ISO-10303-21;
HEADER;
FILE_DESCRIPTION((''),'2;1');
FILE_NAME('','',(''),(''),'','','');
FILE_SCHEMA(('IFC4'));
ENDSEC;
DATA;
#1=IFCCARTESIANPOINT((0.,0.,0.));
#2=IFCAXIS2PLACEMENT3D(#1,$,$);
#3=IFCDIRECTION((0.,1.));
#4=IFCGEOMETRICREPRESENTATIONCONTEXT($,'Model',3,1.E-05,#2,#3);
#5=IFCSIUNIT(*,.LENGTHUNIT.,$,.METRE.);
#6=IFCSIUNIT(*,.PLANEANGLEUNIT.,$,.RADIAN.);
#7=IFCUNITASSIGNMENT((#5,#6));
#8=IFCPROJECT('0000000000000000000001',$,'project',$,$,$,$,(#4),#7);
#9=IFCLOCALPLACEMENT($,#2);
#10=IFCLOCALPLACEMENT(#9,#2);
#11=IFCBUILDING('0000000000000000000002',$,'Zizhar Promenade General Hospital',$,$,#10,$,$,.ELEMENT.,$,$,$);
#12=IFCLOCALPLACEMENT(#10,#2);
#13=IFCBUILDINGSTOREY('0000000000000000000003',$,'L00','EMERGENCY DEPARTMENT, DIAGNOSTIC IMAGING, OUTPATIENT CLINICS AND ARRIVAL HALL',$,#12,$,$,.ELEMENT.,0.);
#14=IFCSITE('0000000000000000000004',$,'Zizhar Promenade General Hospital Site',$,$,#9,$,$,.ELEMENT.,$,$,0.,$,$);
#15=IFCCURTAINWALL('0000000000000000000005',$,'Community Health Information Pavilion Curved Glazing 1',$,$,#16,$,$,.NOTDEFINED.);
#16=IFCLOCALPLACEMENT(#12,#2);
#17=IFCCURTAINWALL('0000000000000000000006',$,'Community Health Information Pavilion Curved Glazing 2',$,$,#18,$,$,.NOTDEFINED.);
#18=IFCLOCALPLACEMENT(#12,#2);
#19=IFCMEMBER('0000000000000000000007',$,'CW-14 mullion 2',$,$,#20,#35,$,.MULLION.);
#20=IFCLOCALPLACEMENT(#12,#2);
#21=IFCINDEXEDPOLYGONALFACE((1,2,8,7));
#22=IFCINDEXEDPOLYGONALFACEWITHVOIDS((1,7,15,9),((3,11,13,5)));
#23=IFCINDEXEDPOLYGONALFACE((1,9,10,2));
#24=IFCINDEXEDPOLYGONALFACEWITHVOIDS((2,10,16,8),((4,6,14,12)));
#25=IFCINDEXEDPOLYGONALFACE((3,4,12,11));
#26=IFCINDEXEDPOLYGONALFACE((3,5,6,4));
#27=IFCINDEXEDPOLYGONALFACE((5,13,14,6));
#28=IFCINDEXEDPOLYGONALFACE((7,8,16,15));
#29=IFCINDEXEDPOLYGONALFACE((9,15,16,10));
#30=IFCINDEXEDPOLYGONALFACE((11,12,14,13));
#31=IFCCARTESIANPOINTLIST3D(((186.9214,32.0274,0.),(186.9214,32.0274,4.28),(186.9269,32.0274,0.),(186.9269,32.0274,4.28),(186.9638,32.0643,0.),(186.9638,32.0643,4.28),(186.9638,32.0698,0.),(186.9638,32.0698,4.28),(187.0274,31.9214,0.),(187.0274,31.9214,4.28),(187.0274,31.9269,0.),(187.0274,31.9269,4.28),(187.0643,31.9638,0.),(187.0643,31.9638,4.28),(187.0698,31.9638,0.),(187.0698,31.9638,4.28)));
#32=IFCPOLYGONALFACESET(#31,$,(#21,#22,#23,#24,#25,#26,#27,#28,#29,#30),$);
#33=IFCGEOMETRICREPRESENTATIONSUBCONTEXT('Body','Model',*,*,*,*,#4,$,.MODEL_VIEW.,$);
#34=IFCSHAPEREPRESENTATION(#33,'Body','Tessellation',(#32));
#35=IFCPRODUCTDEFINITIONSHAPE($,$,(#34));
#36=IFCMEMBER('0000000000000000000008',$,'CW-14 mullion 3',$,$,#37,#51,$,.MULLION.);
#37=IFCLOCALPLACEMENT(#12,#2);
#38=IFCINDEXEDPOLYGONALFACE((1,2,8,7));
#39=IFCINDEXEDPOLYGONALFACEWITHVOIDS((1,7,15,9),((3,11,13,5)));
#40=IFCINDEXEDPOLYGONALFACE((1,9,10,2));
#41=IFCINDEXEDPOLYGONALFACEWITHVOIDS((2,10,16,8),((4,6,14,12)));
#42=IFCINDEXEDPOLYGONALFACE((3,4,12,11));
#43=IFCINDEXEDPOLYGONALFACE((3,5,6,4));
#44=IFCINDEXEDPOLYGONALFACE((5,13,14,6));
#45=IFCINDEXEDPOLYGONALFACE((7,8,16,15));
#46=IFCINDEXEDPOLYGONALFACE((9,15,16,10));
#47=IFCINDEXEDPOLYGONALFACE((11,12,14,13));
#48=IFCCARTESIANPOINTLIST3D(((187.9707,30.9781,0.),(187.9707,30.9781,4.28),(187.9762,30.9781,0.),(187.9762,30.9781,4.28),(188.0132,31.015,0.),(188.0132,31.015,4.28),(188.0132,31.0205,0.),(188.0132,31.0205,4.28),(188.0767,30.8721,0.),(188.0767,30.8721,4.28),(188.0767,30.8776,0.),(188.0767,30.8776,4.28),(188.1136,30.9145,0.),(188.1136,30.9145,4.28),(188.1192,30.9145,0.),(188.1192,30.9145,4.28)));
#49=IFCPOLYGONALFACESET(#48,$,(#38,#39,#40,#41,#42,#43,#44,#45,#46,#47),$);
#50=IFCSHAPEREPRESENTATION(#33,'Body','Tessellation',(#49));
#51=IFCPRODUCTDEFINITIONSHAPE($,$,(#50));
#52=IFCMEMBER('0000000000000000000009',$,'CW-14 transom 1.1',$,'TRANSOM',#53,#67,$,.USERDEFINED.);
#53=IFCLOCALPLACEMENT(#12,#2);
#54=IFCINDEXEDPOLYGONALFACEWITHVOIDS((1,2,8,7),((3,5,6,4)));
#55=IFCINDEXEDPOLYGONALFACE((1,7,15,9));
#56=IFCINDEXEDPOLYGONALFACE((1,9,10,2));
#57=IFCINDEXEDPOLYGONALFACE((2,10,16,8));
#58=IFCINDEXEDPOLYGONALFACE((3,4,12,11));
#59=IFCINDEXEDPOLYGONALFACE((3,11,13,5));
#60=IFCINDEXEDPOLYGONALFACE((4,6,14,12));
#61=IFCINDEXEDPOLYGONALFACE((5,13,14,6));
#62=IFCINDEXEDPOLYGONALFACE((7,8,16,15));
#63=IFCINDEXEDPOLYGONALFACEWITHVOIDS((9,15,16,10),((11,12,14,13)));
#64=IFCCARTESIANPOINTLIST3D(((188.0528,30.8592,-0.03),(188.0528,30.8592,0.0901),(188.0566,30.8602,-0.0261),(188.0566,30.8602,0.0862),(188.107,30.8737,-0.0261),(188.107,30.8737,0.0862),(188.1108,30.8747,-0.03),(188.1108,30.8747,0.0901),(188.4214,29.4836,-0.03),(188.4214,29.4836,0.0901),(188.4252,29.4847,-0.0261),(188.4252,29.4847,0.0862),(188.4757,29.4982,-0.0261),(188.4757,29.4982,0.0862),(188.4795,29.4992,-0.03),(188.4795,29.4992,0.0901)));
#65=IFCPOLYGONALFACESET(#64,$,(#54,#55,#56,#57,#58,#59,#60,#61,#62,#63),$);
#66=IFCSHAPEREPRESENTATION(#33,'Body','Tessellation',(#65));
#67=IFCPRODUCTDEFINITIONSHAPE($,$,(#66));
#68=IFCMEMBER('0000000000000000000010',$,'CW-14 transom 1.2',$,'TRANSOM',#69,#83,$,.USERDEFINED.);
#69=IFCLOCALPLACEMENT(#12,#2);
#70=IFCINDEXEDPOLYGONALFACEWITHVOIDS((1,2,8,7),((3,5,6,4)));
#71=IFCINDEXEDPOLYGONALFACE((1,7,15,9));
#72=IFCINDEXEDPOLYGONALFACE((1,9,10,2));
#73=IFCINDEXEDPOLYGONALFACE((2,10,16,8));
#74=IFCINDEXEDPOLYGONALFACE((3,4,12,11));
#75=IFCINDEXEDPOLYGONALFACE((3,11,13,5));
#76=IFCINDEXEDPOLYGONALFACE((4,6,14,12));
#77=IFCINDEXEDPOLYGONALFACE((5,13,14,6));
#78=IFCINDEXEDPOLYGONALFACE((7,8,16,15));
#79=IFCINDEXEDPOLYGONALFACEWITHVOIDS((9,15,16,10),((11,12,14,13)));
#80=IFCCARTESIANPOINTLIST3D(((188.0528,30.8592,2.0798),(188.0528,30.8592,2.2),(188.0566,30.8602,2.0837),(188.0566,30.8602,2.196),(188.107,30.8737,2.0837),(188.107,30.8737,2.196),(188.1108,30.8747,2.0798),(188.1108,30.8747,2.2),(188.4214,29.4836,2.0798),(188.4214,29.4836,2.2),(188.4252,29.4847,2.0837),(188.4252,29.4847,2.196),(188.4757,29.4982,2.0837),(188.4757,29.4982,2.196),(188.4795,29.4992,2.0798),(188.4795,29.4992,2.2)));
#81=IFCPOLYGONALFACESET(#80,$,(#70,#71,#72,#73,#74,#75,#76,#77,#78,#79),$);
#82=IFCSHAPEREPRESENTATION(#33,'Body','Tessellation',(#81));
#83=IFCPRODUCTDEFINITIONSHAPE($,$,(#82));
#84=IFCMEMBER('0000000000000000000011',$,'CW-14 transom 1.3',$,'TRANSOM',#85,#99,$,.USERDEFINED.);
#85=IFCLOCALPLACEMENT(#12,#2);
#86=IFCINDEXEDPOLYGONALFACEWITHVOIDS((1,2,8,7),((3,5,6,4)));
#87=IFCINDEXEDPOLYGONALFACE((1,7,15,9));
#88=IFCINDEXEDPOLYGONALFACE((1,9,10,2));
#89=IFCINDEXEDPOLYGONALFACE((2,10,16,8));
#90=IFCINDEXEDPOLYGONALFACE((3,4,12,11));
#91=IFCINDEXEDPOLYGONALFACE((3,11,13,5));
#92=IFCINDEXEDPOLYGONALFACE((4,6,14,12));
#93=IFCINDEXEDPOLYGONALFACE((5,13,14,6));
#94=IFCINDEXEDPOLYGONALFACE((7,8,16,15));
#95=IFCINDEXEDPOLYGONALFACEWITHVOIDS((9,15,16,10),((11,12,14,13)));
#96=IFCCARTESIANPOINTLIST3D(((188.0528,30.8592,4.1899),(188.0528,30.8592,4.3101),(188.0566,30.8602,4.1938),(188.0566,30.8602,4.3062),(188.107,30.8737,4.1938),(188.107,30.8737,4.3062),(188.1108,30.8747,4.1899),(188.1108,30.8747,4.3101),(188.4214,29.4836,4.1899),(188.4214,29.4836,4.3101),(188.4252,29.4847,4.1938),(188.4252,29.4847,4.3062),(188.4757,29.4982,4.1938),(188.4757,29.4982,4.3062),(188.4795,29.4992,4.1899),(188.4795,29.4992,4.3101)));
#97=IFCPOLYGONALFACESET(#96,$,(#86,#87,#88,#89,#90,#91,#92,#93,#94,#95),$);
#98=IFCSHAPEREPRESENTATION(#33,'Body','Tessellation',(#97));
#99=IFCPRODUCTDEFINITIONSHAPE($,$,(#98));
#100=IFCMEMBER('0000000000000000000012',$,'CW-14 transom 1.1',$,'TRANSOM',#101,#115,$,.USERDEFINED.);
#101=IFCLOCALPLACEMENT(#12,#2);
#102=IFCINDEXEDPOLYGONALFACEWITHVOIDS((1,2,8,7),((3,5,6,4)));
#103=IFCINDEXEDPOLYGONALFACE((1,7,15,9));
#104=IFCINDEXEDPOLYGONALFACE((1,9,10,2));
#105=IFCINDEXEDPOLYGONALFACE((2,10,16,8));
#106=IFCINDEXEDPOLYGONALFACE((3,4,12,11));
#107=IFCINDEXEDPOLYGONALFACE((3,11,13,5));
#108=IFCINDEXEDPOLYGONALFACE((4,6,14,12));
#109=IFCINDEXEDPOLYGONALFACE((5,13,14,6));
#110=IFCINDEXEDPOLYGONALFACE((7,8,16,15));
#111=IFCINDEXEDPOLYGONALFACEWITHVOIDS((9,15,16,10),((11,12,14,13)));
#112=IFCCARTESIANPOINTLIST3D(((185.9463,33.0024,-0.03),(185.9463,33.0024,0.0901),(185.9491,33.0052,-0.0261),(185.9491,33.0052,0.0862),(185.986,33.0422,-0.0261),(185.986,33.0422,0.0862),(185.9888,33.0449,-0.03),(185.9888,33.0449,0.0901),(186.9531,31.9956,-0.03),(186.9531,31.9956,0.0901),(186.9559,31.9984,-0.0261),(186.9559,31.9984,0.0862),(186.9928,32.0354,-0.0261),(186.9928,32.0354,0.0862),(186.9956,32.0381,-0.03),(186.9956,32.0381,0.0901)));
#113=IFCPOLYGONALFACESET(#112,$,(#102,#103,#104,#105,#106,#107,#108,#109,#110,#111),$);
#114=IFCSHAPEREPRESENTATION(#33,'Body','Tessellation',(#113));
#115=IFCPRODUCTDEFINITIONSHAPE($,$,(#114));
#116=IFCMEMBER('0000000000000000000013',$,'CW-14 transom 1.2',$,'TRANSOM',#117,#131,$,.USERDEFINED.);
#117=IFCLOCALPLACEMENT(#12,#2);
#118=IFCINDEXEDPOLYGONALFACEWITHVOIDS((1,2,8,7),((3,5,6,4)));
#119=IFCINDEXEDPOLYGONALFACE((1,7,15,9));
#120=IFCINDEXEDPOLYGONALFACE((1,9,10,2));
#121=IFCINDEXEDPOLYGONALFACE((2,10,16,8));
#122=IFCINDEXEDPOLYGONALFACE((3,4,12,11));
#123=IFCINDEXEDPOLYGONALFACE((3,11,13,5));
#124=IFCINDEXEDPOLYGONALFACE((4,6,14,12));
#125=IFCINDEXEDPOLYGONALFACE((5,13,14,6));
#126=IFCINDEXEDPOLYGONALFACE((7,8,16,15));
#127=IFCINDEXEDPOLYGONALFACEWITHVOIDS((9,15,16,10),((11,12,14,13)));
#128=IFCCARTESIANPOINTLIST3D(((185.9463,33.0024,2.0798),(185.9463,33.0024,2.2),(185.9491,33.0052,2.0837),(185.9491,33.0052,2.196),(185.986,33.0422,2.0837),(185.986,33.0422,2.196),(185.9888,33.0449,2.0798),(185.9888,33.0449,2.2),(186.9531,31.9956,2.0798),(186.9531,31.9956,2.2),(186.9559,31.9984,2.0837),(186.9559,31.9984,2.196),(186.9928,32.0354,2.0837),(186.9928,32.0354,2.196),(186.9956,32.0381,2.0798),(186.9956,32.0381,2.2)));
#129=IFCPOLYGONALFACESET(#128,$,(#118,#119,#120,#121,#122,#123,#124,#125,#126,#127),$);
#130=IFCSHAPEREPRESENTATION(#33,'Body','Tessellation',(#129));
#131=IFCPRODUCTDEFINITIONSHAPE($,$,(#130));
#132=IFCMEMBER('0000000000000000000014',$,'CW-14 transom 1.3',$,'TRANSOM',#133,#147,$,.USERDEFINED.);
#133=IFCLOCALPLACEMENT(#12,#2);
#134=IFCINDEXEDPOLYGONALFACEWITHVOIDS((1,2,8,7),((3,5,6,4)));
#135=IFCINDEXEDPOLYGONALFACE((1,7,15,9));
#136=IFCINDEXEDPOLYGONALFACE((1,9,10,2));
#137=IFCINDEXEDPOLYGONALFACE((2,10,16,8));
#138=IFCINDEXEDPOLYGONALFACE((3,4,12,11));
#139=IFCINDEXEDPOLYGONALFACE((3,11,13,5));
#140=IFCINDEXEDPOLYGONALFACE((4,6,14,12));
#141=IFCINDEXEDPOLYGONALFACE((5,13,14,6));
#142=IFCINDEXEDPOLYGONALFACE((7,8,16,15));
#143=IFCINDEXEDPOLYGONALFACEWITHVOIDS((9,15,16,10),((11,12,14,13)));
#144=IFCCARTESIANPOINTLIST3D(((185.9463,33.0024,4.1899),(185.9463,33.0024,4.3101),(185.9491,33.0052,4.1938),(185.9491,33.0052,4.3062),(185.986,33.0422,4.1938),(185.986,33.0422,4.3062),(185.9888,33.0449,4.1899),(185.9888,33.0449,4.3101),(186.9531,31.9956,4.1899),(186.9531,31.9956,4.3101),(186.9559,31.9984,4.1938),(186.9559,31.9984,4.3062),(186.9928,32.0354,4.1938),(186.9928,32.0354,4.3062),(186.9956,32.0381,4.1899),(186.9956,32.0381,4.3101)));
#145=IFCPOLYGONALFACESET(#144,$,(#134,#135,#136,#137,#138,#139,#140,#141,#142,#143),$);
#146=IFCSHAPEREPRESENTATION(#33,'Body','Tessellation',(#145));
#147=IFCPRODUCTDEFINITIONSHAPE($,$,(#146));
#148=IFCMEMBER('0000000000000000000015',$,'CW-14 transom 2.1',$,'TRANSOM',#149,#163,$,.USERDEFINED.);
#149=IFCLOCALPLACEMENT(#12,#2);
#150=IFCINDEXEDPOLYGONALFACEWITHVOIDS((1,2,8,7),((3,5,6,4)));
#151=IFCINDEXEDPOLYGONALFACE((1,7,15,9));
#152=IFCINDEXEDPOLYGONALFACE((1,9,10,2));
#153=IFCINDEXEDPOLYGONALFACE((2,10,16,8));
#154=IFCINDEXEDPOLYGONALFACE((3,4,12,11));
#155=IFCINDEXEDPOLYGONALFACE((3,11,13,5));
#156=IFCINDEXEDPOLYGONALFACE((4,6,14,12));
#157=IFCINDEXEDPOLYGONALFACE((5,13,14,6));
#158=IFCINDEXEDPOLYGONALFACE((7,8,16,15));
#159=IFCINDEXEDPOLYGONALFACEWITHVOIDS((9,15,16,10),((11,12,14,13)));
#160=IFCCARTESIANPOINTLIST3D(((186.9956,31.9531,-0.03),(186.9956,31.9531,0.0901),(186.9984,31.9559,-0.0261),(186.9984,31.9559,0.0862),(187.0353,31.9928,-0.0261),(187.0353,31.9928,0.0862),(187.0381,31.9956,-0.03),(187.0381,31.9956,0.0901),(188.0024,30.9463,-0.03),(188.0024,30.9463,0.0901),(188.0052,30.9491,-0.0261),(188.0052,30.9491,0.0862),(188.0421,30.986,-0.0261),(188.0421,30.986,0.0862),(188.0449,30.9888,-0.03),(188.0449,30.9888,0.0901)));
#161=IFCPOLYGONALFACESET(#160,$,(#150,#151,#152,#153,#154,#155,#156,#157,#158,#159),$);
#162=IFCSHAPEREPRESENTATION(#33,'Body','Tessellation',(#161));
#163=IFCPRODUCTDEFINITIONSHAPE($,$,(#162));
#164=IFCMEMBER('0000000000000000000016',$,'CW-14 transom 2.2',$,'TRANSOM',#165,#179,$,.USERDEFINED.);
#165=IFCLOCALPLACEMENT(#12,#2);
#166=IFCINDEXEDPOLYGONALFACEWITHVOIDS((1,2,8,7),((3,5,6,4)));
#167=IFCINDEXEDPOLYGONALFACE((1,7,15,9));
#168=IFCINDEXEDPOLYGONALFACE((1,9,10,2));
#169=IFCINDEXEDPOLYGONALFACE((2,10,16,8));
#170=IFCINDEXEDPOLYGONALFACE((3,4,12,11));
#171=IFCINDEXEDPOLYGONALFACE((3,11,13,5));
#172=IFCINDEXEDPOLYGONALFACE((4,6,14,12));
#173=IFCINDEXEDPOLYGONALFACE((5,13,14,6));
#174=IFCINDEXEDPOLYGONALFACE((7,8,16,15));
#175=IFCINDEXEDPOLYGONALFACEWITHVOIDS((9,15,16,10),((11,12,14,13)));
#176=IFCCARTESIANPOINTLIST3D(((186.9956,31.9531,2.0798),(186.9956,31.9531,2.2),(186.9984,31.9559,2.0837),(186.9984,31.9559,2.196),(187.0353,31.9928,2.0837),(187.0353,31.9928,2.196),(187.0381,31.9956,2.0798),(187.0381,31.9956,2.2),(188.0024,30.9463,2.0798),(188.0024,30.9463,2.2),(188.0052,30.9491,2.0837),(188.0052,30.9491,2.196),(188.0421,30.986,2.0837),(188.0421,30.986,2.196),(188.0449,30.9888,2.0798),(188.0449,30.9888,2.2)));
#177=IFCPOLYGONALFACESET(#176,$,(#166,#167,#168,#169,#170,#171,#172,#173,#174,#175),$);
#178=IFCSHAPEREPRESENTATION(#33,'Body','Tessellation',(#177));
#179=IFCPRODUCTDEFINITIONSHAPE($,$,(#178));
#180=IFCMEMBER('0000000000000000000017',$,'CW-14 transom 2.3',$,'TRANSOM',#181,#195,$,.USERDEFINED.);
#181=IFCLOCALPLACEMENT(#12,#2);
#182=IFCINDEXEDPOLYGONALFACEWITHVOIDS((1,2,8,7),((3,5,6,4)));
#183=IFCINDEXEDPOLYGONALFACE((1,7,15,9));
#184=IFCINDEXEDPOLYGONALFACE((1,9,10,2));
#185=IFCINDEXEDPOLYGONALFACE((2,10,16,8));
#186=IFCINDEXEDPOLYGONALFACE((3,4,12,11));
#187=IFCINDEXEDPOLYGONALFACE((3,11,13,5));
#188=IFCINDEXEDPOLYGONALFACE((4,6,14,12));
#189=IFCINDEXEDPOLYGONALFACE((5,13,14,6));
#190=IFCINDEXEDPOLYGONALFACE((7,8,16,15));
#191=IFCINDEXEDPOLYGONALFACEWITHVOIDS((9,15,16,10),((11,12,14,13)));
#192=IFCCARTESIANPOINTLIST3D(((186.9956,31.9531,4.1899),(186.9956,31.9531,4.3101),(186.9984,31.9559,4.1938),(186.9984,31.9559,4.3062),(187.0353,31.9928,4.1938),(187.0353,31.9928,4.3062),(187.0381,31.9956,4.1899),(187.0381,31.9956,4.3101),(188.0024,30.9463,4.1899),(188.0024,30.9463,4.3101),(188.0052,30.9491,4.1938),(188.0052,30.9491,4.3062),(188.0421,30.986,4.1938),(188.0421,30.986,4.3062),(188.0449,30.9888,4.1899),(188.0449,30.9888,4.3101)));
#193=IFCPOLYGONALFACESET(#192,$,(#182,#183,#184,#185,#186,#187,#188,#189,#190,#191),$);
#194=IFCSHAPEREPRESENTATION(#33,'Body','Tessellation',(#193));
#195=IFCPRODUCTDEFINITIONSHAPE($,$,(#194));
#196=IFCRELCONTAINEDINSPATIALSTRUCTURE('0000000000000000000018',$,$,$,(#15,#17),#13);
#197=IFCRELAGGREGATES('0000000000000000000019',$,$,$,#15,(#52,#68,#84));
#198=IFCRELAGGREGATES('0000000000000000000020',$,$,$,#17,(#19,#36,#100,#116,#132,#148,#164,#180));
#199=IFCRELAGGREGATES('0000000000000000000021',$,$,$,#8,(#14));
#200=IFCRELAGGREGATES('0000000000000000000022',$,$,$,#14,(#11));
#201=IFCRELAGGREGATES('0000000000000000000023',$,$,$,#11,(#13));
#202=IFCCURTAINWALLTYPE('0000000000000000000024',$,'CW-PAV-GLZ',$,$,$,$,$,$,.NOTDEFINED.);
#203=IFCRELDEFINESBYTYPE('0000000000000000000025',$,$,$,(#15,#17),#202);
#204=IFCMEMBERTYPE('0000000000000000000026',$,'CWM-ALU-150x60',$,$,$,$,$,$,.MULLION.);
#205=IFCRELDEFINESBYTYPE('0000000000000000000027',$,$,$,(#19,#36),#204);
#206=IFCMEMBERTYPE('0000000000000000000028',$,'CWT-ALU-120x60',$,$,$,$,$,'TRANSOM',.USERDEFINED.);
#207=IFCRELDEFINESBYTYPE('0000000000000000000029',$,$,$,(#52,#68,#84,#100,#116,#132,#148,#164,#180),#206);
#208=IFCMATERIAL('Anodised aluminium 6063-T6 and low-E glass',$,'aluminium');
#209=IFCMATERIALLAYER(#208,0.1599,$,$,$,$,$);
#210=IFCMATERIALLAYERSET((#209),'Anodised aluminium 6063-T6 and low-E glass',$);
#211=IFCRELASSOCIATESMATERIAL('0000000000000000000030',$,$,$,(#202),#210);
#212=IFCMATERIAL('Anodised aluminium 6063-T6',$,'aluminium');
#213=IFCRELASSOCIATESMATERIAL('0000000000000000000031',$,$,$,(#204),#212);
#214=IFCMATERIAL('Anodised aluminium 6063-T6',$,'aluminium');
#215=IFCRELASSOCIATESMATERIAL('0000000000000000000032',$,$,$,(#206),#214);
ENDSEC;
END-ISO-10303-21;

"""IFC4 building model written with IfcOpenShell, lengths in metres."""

from ifc_helpers import new_model, si_unit, direction, frame, origin, origin_2d, place, context, subcontext, project, spatial, hollow_rectangle, extrude, material, layer, layer_set, material_profile, profile_set, type_object, element, aggregate, save


model = new_model("IFC4")

# Units and contexts
model_context = context("Model", 3, precision=1e-05, world=origin(), true_north=direction((0.0, 1.0)))
body_context = subcontext(model_context, "Body", "Model", "MODEL_VIEW")
ifc_project = project(units=[si_unit("LENGTHUNIT", "METRE"), si_unit("PLANEANGLEUNIT", "RADIAN")], contexts=[model_context])

# Site, building, storey
site_placement = place(None, origin())
site = spatial("IfcSite", under=ifc_project, at=site_placement, Name="Zizhar Promenade General Hospital Site", CompositionType="ELEMENT", RefElevation=0.0)
building_placement = place(site_placement, origin())
building = spatial("IfcBuilding", under=site, at=building_placement, Name="Zizhar Promenade General Hospital", CompositionType="ELEMENT")
storey_placement = place(building_placement, origin())
storey = spatial("IfcBuildingStorey", under=building, at=storey_placement, Name="L00", Description="EMERGENCY DEPARTMENT, DIAGNOSTIC IMAGING, OUTPATIENT CLINICS AND ARRIVAL HALL", CompositionType="ELEMENT", Elevation=0.0)

# Curtain wall
ifc_material_1 = material(Name="Anodised aluminium 6063-T6 and low-E glass", Category="aluminium")
ifc_layer_1 = layer(ifc_material_1, 0.1599)
ifc_layer_set_1 = layer_set([ifc_layer_1], Name="Anodised aluminium 6063-T6 and low-E glass")
curtain_wall_type = type_object("IfcCurtainWallType", Name="CW-PAV-GLZ", PredefinedType="NOTDEFINED", material=ifc_layer_set_1)
curtain_wall_1_placement = place(storey_placement, origin())
curtain_wall_1 = element("IfcCurtainWall", 1, at=curtain_wall_1_placement, inside=storey, type_object=curtain_wall_type, Name="Community Health Information Pavilion Curved Glazing 1", PredefinedType="NOTDEFINED")
ifc_material_2 = material(Name="Anodised aluminium 6063-T6", Category="aluminium")
ifc_material_profile_1 = material_profile(ifc_material_2, hollow_rectangle(XDim=0.0601, YDim=0.1499, WallThickness=0.0039, at=origin_2d()))
ifc_profile_set_1 = profile_set([ifc_material_profile_1], Name="Anodised aluminium 6063-T6")
member_type_1 = type_object("IfcMemberType", Name="CWM-ALU-150x60", PredefinedType="MULLION", material=ifc_profile_set_1)

# Curtain wall, members
curtain_wall_2_placement = place(storey_placement, origin())
curtain_wall_2 = element("IfcCurtainWall", 2, at=curtain_wall_2_placement, inside=storey, type_object=curtain_wall_type, Name="Community Health Information Pavilion Curved Glazing 2", PredefinedType="NOTDEFINED")
member_1_placement = place(storey_placement, frame((186.9956, 31.9956, 0.0), z_axis=(0.0, 0.0, 1.0), x_axis=(0.707107, 0.707107, 0.0)))
member_1 = element("IfcMember", 3, at=member_1_placement, type_object=member_type_1, Name="CW-14 mullion 2", PredefinedType="MULLION", context=body_context, shape_type="SweptSolid", body=[
    extrude(hollow_rectangle(XDim=0.0601, YDim=0.1499, WallThickness=0.0039, at=origin_2d()), origin(), (0.0, 0.0, 1.0), 4.28),
])
member_2_placement = place(storey_placement, frame((188.0449, 30.9463, 0.0), z_axis=(0.0, 0.0, 1.0), x_axis=(0.707107, 0.707107, 0.0)))
member_2 = element("IfcMember", 4, at=member_2_placement, type_object=member_type_1, Name="CW-14 mullion 3", PredefinedType="MULLION", context=body_context, shape_type="SweptSolid", body=[
    extrude(hollow_rectangle(XDim=0.0601, YDim=0.1499, WallThickness=0.0039, at=origin_2d()), origin(), (0.0, 0.0, 1.0), 4.28),
])

# Members
ifc_material_3 = material(Name="Anodised aluminium 6063-T6", Category="aluminium")
ifc_material_profile_2 = material_profile(ifc_material_3, hollow_rectangle(XDim=0.0601, YDim=0.1201, WallThickness=0.0039, at=origin_2d()))
ifc_profile_set_2 = profile_set([ifc_material_profile_2], Name="Anodised aluminium 6063-T6")
member_type_2 = type_object("IfcMemberType", Name="CWT-ALU-120x60", ElementType="TRANSOM", PredefinedType="USERDEFINED", material=ifc_profile_set_2)
member_3_placement = place(storey_placement, frame((188.0818, 30.8669, 0.03), z_axis=(0.258879, -0.96591, 0.0), x_axis=(0.96591, 0.258879, 0.0)))
member_3 = element("IfcMember", 5, at=member_3_placement, type_object=member_type_2, Name="CW-14 transom 1.1", ObjectType="TRANSOM", PredefinedType="USERDEFINED", context=body_context, shape_type="SweptSolid", body=[
    extrude(hollow_rectangle(XDim=0.0601, YDim=0.1201, WallThickness=0.0039, at=origin_2d()), origin(), (0.0, 0.0, 1.0), 1.4241),
])
member_4_placement = place(storey_placement, frame((188.0818, 30.8669, 2.1399), z_axis=(0.258879, -0.96591, 0.0), x_axis=(0.96591, 0.258879, 0.0)))
member_4 = element("IfcMember", 6, at=member_4_placement, type_object=member_type_2, Name="CW-14 transom 1.2", ObjectType="TRANSOM", PredefinedType="USERDEFINED", context=body_context, shape_type="SweptSolid", body=[
    extrude(hollow_rectangle(XDim=0.0601, YDim=0.1201, WallThickness=0.0039, at=origin_2d()), origin(), (0.0, 0.0, 1.0), 1.4241),
])
member_5_placement = place(storey_placement, frame((188.0818, 30.8669, 4.25), z_axis=(0.258879, -0.96591, 0.0), x_axis=(0.96591, 0.258879, 0.0)))
member_5 = element("IfcMember", 7, at=member_5_placement, type_object=member_type_2, Name="CW-14 transom 1.3", ObjectType="TRANSOM", PredefinedType="USERDEFINED", context=body_context, shape_type="SweptSolid", body=[
    extrude(hollow_rectangle(XDim=0.0601, YDim=0.1201, WallThickness=0.0039, at=origin_2d()), origin(), (0.0, 0.0, 1.0), 1.4241),
])
member_6_placement = place(storey_placement, frame((185.9675, 33.0237, 0.03), z_axis=(0.707107, -0.707107, 0.0), x_axis=(0.707107, 0.707107, 0.0)))
member_6 = element("IfcMember", 8, at=member_6_placement, type_object=member_type_2, Name="CW-14 transom 1.1", ObjectType="TRANSOM", PredefinedType="USERDEFINED", context=body_context, shape_type="SweptSolid", body=[
    extrude(hollow_rectangle(XDim=0.0601, YDim=0.1201, WallThickness=0.0039, at=origin_2d()), origin(), (0.0, 0.0, 1.0), 1.4238),
])
member_7_placement = place(storey_placement, frame((185.9675, 33.0237, 2.1399), z_axis=(0.707107, -0.707107, 0.0), x_axis=(0.707107, 0.707107, 0.0)))
member_7 = element("IfcMember", 9, at=member_7_placement, type_object=member_type_2, Name="CW-14 transom 1.2", ObjectType="TRANSOM", PredefinedType="USERDEFINED", context=body_context, shape_type="SweptSolid", body=[
    extrude(hollow_rectangle(XDim=0.0601, YDim=0.1201, WallThickness=0.0039, at=origin_2d()), origin(), (0.0, 0.0, 1.0), 1.4238),
])
member_8_placement = place(storey_placement, frame((185.9675, 33.0237, 4.25), z_axis=(0.707107, -0.707107, 0.0), x_axis=(0.707107, 0.707107, 0.0)))
member_8 = element("IfcMember", 10, at=member_8_placement, type_object=member_type_2, Name="CW-14 transom 1.3", ObjectType="TRANSOM", PredefinedType="USERDEFINED", context=body_context, shape_type="SweptSolid", body=[
    extrude(hollow_rectangle(XDim=0.0601, YDim=0.1201, WallThickness=0.0039, at=origin_2d()), origin(), (0.0, 0.0, 1.0), 1.4238),
])
member_9_placement = place(storey_placement, frame((187.0168, 31.9744, 0.03), z_axis=(0.707107, -0.707107, 0.0), x_axis=(0.707107, 0.707107, 0.0)))
member_9 = element("IfcMember", 11, at=member_9_placement, type_object=member_type_2, Name="CW-14 transom 2.1", ObjectType="TRANSOM", PredefinedType="USERDEFINED", context=body_context, shape_type="SweptSolid", body=[
    extrude(hollow_rectangle(XDim=0.0601, YDim=0.1201, WallThickness=0.0039, at=origin_2d()), origin(), (0.0, 0.0, 1.0), 1.4238),
])
member_10_placement = place(storey_placement, frame((187.0168, 31.9744, 2.1399), z_axis=(0.707107, -0.707107, 0.0), x_axis=(0.707107, 0.707107, 0.0)))
member_10 = element("IfcMember", 12, at=member_10_placement, type_object=member_type_2, Name="CW-14 transom 2.2", ObjectType="TRANSOM", PredefinedType="USERDEFINED", context=body_context, shape_type="SweptSolid", body=[
    extrude(hollow_rectangle(XDim=0.0601, YDim=0.1201, WallThickness=0.0039, at=origin_2d()), origin(), (0.0, 0.0, 1.0), 1.4238),
])
member_11_placement = place(storey_placement, frame((187.0168, 31.9744, 4.25), z_axis=(0.707107, -0.707107, 0.0), x_axis=(0.707107, 0.707107, 0.0)))
member_11 = element("IfcMember", 13, at=member_11_placement, type_object=member_type_2, Name="CW-14 transom 2.3", ObjectType="TRANSOM", PredefinedType="USERDEFINED", context=body_context, shape_type="SweptSolid", body=[
    extrude(hollow_rectangle(XDim=0.0601, YDim=0.1201, WallThickness=0.0039, at=origin_2d()), origin(), (0.0, 0.0, 1.0), 1.4238),
])

aggregate(curtain_wall_1, [member_3, member_4, member_5])
aggregate(curtain_wall_2, [member_1, member_2, member_6, member_7, member_8, member_9, member_10, member_11])

save(model, "model.ifc")
